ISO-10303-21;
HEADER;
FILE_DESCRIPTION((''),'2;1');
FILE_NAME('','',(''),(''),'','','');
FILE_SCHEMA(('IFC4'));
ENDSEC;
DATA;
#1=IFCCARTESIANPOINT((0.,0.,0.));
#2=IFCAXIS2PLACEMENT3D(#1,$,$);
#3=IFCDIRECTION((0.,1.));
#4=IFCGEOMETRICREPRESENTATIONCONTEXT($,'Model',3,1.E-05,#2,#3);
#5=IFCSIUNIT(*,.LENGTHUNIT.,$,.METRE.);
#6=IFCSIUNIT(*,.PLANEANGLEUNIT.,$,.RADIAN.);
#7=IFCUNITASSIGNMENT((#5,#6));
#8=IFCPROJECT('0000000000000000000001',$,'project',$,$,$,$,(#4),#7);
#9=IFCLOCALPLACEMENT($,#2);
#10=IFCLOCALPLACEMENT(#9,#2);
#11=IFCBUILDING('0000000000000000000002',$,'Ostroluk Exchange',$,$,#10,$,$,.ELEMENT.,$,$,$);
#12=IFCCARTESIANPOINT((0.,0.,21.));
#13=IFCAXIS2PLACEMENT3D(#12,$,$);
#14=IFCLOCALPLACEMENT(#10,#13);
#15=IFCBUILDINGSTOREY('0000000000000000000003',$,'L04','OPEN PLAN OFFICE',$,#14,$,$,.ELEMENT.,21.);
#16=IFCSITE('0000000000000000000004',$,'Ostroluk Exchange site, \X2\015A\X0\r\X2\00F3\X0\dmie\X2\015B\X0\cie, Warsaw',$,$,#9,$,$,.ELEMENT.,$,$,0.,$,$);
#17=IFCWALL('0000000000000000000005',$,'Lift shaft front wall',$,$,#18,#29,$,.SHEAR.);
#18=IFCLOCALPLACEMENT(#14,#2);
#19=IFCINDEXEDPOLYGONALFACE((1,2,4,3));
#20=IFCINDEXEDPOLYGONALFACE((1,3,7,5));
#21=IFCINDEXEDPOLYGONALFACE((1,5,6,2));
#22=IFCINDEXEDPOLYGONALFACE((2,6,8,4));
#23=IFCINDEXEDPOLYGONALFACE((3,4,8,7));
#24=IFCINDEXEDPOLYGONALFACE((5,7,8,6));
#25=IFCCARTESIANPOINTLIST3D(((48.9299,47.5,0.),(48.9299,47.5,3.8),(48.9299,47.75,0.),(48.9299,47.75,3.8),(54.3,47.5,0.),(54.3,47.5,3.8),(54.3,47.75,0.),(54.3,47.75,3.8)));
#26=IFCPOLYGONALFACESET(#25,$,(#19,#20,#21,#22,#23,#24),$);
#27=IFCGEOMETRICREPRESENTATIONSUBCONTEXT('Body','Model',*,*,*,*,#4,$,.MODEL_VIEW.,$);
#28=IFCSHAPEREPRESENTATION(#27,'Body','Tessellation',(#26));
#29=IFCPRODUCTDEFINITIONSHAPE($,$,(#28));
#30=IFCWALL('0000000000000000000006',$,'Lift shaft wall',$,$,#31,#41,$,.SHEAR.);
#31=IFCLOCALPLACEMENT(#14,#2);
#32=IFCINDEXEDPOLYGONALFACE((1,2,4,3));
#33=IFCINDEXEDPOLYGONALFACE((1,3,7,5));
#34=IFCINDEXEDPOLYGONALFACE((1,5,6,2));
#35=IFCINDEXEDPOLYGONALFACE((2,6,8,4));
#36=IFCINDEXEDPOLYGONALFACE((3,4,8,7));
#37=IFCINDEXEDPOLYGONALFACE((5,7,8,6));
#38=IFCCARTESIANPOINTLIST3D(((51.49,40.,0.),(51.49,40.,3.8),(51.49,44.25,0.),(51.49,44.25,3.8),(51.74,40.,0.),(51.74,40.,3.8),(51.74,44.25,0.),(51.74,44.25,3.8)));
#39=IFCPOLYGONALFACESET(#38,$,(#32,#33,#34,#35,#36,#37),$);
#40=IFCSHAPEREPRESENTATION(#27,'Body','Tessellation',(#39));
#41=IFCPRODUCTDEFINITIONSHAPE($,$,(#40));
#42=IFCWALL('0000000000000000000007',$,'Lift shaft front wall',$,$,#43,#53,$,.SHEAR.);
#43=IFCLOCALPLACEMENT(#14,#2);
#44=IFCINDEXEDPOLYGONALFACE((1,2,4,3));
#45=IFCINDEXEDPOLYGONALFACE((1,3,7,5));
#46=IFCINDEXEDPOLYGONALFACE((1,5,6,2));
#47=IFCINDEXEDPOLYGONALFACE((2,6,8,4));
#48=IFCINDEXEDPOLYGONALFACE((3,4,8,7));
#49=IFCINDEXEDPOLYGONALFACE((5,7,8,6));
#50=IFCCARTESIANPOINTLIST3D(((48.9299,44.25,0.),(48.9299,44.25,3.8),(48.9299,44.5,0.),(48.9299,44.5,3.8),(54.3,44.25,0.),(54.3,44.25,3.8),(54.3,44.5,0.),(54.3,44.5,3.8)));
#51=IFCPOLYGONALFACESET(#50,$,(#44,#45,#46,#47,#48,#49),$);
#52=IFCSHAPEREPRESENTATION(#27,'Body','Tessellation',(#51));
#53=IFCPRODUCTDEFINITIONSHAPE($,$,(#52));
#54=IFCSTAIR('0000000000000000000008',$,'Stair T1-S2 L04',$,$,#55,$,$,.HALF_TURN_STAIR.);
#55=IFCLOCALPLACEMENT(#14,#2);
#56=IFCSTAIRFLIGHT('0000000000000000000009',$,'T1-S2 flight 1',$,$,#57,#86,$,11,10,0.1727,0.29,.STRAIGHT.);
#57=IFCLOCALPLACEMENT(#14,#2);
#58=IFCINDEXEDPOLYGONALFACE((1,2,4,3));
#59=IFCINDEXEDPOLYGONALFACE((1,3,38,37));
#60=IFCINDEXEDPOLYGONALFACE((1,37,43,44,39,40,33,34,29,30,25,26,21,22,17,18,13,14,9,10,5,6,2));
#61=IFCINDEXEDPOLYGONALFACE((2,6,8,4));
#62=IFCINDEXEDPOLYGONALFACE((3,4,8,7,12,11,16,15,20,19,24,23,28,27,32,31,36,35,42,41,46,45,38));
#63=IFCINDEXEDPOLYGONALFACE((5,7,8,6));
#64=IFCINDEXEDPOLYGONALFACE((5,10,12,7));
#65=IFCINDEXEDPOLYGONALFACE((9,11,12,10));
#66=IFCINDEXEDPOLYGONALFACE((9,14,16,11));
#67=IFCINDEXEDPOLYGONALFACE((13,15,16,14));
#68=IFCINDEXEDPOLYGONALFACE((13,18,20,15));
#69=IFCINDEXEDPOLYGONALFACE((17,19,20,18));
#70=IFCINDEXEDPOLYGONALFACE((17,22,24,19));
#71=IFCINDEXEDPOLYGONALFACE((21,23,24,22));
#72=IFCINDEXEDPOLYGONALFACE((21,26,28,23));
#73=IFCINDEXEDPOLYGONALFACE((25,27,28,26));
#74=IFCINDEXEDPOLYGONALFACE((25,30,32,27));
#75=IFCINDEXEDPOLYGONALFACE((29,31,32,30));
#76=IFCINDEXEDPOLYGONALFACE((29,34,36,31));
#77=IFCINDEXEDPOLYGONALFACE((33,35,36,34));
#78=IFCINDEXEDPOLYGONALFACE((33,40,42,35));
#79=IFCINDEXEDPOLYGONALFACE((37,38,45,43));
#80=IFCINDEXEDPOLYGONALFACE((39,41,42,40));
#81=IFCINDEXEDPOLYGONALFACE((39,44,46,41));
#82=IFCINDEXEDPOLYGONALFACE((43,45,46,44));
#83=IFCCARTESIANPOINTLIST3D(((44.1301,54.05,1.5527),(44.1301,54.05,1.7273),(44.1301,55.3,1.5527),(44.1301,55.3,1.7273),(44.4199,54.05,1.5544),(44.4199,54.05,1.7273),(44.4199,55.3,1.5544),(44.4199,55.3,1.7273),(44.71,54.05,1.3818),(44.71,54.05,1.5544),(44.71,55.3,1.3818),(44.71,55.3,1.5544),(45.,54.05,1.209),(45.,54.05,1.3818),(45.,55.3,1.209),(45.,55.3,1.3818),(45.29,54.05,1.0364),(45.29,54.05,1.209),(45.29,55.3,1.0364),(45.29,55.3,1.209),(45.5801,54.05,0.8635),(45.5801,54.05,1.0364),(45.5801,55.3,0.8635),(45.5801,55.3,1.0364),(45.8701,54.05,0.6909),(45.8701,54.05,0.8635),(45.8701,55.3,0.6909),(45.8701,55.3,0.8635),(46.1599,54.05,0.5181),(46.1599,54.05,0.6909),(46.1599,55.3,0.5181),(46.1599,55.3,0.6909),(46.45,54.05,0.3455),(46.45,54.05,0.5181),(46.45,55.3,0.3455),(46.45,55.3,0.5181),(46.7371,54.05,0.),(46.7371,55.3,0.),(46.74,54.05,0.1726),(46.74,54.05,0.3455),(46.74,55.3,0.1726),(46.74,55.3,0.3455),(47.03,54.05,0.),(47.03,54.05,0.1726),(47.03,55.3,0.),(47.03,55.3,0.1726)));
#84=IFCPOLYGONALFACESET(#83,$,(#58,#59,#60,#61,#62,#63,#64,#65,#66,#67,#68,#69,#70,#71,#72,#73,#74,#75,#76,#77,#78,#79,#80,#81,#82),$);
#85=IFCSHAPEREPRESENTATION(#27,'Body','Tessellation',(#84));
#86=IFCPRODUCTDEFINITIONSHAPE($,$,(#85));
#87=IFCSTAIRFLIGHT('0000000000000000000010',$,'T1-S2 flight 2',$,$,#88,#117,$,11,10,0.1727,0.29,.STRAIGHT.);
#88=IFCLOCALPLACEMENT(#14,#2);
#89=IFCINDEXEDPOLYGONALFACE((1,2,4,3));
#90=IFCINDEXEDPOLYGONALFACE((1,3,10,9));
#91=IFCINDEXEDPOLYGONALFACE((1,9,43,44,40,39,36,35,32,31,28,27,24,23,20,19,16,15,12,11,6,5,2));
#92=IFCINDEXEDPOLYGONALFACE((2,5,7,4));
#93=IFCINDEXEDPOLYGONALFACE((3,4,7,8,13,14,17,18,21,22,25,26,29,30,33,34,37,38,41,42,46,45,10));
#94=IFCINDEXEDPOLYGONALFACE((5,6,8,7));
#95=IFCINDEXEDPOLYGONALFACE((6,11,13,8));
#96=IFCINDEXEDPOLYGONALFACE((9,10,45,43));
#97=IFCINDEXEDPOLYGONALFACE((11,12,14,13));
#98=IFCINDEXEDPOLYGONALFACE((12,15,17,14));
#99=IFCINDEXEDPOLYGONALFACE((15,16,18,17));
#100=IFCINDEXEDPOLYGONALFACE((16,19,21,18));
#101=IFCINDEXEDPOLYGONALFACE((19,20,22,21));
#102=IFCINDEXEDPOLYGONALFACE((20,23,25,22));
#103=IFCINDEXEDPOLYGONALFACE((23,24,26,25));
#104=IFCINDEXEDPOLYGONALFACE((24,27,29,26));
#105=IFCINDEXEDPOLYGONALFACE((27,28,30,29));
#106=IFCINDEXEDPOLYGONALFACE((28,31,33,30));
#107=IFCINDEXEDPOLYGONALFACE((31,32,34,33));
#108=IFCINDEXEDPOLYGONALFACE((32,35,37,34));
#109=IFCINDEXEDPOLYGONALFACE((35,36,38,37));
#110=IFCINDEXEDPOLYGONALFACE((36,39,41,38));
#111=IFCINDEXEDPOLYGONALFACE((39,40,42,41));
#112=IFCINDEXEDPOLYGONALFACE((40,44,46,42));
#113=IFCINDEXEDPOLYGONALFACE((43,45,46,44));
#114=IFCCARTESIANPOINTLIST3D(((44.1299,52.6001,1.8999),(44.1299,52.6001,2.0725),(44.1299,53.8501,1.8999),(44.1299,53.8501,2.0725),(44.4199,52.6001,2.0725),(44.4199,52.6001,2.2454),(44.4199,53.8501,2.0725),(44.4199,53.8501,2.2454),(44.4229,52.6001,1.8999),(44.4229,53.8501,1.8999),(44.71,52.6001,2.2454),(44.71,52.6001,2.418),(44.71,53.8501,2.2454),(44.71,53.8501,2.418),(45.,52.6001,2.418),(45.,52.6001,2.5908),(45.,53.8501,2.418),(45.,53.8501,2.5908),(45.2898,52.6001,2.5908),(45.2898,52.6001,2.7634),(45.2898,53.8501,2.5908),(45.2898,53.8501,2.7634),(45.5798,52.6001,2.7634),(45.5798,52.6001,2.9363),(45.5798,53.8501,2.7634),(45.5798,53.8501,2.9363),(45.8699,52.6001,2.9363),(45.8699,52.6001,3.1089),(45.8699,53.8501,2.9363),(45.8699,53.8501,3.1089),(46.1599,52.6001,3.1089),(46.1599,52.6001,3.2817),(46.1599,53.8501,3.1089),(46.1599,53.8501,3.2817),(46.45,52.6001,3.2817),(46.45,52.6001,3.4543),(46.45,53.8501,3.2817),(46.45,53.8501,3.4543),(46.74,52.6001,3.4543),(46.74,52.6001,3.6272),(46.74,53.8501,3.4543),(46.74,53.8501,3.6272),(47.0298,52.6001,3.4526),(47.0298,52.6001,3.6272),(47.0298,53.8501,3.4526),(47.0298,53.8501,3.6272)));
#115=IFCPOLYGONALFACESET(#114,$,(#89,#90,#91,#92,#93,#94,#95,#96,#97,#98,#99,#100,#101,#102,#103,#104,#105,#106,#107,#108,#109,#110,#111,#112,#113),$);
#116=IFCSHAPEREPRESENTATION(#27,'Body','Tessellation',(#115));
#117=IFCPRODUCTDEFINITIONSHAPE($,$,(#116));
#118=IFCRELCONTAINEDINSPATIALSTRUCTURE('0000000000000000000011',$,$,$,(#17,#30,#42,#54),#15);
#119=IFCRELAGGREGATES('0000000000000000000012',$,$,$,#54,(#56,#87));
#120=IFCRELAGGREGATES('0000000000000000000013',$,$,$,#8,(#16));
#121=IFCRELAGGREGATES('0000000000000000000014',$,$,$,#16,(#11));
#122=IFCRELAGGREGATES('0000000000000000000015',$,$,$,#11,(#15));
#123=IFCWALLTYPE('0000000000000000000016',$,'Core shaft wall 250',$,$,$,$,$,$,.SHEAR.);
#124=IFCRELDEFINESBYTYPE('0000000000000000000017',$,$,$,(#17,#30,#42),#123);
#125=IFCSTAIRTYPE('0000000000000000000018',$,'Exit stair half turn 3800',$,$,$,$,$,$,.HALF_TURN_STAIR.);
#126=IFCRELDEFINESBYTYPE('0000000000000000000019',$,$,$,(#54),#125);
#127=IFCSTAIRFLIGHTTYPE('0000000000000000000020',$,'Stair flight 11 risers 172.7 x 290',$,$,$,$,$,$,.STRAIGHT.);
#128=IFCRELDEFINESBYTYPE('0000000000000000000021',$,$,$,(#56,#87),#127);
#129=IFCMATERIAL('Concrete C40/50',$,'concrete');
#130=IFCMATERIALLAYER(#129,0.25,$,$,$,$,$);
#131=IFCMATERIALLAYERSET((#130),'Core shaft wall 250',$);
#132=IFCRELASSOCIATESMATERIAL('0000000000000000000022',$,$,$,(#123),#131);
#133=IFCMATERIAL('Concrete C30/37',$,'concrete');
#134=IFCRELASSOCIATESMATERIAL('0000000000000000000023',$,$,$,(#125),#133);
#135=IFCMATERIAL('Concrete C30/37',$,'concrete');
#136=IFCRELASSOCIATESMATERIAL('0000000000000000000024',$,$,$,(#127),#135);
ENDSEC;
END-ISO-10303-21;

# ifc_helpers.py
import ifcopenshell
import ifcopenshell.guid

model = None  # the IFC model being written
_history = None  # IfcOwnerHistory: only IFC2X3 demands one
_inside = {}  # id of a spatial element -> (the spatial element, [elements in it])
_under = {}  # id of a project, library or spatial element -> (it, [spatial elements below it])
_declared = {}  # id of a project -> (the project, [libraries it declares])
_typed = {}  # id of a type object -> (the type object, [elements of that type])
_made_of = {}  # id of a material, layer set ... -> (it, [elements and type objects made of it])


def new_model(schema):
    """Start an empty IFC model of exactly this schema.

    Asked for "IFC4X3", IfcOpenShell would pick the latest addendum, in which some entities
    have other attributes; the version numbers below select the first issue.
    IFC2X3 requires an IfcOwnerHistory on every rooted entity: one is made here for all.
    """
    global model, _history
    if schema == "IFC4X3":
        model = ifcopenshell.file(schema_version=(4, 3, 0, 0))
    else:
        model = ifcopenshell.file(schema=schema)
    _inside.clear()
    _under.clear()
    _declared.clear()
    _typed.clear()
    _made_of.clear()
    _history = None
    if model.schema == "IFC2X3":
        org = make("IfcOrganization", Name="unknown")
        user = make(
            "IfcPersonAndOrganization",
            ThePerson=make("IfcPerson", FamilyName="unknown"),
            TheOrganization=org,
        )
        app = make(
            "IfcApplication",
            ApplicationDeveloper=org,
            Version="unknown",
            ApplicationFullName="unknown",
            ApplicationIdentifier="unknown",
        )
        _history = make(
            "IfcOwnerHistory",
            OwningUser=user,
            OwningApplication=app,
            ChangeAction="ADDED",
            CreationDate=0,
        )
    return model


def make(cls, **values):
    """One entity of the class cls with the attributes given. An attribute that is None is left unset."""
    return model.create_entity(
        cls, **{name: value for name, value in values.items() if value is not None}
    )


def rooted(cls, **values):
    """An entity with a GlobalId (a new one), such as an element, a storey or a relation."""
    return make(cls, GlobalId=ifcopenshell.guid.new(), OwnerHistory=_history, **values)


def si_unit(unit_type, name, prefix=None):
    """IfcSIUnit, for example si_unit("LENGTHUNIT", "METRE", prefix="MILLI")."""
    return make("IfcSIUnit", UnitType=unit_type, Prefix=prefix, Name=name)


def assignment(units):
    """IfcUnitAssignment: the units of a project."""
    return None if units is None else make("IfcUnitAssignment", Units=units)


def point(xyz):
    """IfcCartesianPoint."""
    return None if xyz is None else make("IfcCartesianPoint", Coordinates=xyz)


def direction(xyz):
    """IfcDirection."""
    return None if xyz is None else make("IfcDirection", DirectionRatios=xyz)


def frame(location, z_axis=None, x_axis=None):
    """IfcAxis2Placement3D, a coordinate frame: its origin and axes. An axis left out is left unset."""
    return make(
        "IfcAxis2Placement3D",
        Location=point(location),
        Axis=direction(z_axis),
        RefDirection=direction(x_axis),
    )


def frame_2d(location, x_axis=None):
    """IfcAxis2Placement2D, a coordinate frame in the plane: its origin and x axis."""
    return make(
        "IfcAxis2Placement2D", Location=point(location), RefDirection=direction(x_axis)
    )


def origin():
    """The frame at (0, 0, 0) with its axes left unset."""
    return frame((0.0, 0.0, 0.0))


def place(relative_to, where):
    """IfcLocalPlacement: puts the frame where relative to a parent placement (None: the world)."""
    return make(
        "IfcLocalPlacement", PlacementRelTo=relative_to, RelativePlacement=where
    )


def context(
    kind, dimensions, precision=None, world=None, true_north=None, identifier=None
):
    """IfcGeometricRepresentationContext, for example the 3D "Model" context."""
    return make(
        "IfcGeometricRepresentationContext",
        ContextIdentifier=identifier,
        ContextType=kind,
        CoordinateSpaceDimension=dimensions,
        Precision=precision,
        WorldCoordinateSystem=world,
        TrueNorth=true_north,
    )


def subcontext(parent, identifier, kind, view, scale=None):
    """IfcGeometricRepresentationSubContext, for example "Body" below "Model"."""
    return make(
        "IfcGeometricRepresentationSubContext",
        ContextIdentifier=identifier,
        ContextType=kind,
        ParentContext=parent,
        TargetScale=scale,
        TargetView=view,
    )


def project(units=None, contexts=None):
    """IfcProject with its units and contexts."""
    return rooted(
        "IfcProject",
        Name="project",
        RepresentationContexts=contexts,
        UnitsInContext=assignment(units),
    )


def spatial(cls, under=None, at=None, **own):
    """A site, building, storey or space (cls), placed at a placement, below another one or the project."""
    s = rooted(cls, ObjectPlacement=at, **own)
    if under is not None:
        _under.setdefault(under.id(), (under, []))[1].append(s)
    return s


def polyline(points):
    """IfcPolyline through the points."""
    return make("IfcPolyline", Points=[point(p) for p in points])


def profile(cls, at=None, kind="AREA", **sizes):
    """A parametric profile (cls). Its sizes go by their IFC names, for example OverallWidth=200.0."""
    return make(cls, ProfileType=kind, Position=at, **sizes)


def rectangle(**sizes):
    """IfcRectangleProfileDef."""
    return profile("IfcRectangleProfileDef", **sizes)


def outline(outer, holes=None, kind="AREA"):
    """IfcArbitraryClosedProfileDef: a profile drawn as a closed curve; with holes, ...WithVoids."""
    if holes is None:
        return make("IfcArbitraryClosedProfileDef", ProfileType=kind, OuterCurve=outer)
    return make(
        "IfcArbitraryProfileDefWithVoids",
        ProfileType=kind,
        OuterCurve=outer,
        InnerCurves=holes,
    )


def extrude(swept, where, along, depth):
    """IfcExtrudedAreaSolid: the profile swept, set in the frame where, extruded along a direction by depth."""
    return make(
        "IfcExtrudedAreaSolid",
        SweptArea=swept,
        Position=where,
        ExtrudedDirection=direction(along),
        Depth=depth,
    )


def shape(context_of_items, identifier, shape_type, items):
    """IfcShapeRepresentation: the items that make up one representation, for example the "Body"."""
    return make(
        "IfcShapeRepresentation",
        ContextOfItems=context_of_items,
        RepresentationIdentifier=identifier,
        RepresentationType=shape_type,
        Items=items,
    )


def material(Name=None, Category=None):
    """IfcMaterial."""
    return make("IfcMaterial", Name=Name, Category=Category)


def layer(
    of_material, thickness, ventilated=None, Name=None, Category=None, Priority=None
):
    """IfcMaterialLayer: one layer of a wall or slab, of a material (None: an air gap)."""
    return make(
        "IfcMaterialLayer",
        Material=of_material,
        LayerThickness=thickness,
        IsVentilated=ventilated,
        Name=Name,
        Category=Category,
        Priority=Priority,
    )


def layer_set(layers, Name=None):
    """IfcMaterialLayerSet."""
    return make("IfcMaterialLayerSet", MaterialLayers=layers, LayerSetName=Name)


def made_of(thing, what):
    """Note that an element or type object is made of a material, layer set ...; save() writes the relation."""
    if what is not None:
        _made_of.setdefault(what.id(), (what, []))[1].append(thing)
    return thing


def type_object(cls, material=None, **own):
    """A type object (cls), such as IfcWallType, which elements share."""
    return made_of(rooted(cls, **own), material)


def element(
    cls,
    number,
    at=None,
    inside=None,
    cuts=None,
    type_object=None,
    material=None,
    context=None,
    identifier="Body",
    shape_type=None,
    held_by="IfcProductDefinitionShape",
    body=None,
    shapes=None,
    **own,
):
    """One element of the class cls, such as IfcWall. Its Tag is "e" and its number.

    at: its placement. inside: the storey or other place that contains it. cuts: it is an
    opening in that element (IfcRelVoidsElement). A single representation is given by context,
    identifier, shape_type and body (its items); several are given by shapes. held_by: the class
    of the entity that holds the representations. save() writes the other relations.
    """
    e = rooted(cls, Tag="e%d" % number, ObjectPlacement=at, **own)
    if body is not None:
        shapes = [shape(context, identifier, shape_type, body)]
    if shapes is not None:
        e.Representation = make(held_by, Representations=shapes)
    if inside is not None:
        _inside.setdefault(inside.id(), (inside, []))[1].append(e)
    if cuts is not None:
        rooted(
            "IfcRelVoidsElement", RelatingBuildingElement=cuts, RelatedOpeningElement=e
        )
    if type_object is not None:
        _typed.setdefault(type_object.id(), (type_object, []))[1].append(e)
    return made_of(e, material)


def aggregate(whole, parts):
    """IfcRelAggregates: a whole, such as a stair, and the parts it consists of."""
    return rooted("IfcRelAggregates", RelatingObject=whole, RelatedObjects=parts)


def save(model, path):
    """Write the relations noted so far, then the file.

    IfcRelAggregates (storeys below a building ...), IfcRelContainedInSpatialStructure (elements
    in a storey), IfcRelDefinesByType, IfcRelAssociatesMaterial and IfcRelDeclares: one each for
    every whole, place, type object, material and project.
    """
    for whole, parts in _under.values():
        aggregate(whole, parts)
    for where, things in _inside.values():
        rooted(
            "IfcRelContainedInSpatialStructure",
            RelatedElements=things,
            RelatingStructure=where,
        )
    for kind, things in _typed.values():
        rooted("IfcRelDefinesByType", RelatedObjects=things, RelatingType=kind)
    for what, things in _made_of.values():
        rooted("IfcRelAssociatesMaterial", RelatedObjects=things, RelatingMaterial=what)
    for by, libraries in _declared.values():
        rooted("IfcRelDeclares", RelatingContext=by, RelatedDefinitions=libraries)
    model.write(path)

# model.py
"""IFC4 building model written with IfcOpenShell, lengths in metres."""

from ifc_helpers import new_model, si_unit, direction, frame, frame_2d, origin, place, context, subcontext, project, spatial, polyline, rectangle, outline, extrude, material, layer, layer_set, type_object, element, aggregate, save


model = new_model("IFC4")

# Units and contexts
model_context = context("Model", 3, precision=1e-05, world=origin(), true_north=direction((0.0, 1.0)))
body_context = subcontext(model_context, "Body", "Model", "MODEL_VIEW")
ifc_project = project(units=[si_unit("LENGTHUNIT", "METRE"), si_unit("PLANEANGLEUNIT", "RADIAN")], contexts=[model_context])

# Site, building, storey
site_placement = place(None, origin())
site = spatial("IfcSite", under=ifc_project, at=site_placement, Name="Ostroluk Exchange site, Śródmieście, Warsaw", CompositionType="ELEMENT", RefElevation=0.0)
building_placement = place(site_placement, origin())
building = spatial("IfcBuilding", under=site, at=building_placement, Name="Ostroluk Exchange", CompositionType="ELEMENT")
storey_placement = place(building_placement, frame((0.0, 0.0, 21.0)))
storey = spatial("IfcBuildingStorey", under=building, at=storey_placement, Name="L04", Description="OPEN PLAN OFFICE", CompositionType="ELEMENT", Elevation=21.0)

# Shared definitions
ifc_material_1 = material(Name="Concrete C40/50", Category="concrete")
ifc_layer_1 = layer(ifc_material_1, 0.25)
ifc_layer_set_1 = layer_set([ifc_layer_1], Name="Core shaft wall 250")
wall_type_1 = type_object("IfcWallType", Name="Core shaft wall 250", PredefinedType="SHEAR", material=ifc_layer_set_1)

# Walls
wall_1_placement = place(storey_placement, frame((48.9299, 47.625, 0.0), z_axis=(0.0, 0.0, 1.0), x_axis=(1.0, 0.0, 0.0)))
element("IfcWall", 1, at=wall_1_placement, inside=storey, type_object=wall_type_1, Name="Lift shaft front wall", PredefinedType="SHEAR", context=body_context, shape_type="SweptSolid", body=[
    extrude(rectangle(XDim=5.3701, YDim=0.25, at=frame_2d((2.6851, 0.0))), origin(), (0.0, 0.0, 1.0), 3.8),
])
wall_2_placement = place(storey_placement, frame((51.615, 44.25, 0.0), z_axis=(0.0, 0.0, 1.0), x_axis=(0.0, -1.0, 0.0)))
element("IfcWall", 2, at=wall_2_placement, inside=storey, type_object=wall_type_1, Name="Lift shaft wall", PredefinedType="SHEAR", context=body_context, shape_type="SweptSolid", body=[
    extrude(rectangle(XDim=4.25, YDim=0.25, at=frame_2d((2.125, 0.0))), origin(), (0.0, 0.0, 1.0), 3.8),
])
wall_3_placement = place(storey_placement, frame((48.9299, 44.375, 0.0), z_axis=(0.0, 0.0, 1.0), x_axis=(1.0, 0.0, 0.0)))
element("IfcWall", 3, at=wall_3_placement, inside=storey, type_object=wall_type_1, Name="Lift shaft front wall", PredefinedType="SHEAR", context=body_context, shape_type="SweptSolid", body=[
    extrude(rectangle(XDim=5.3701, YDim=0.25, at=frame_2d((2.6851, 0.0))), origin(), (0.0, 0.0, 1.0), 3.8),
])

# Stair, stair flights
ifc_material_2 = material(Name="Concrete C30/37", Category="concrete")
stair_type = type_object("IfcStairType", Name="Exit stair half turn 3800", PredefinedType="HALF_TURN_STAIR", material=ifc_material_2)
stair_placement = place(storey_placement, origin())
stair = element("IfcStair", 4, at=stair_placement, inside=storey, type_object=stair_type, Name="Stair T1-S2 L04", PredefinedType="HALF_TURN_STAIR")
ifc_material_3 = material(Name="Concrete C30/37", Category="concrete")
stair_flight_type = type_object("IfcStairFlightType", Name="Stair flight 11 risers 172.7 x 290", PredefinedType="STRAIGHT", material=ifc_material_3)
stair_flight_1_placement = place(storey_placement, frame((47.03, 54.675, 0.0), z_axis=(0.0, 0.0, 1.0), x_axis=(-1.0, 0.0, 0.0)))
stair_flight_1 = element("IfcStairFlight", 5, at=stair_flight_1_placement, type_object=stair_flight_type, Name="T1-S2 flight 1", NumberOfRisers=11, NumberOfTreads=10, PredefinedType="STRAIGHT", RiserHeight=0.1727, TreadLength=0.29, context=body_context, shape_type="SweptSolid", body=[
    extrude(outline(polyline([(0.0, 0.0), (0.0, 0.1726), (0.29, 0.1726), (0.29, 0.3455), (0.5801, 0.3455), (0.5801, 0.5181), (0.8701, 0.5181), (0.8701, 0.6909), (1.1599, 0.6909), (1.1599, 0.8635), (1.45, 0.8635), (1.45, 1.0364), (1.74, 1.0364), (1.74, 1.209), (2.03, 1.209), (2.03, 1.3818), (2.3201, 1.3818), (2.3201, 1.5544), (2.6101, 1.5544), (2.6101, 1.7273), (2.8999, 1.7273), (2.8999, 1.8999), (2.8999, 1.5527), (0.293, 0.0), (0.0, 0.0)])), frame((0.0, 0.625, 0.0), z_axis=(0.0, -1.0, 0.0), x_axis=(1.0, 0.0, 0.0)), (0.0, 0.0, 1.0), 1.25),
])
stair_flight_2_placement = place(storey_placement, frame((44.1299, 53.2251, 1.8999), z_axis=(0.0, 0.0, 1.0), x_axis=(1.0, 0.0, 0.0)))
stair_flight_2 = element("IfcStairFlight", 6, at=stair_flight_2_placement, type_object=stair_flight_type, Name="T1-S2 flight 2", NumberOfRisers=11, NumberOfTreads=10, PredefinedType="STRAIGHT", RiserHeight=0.1727, TreadLength=0.29, context=body_context, shape_type="SweptSolid", body=[
    extrude(outline(polyline([(0.0, 0.0), (0.0, 0.1726), (0.29, 0.1726), (0.29, 0.3455), (0.5801, 0.3455), (0.5801, 0.5181), (0.8701, 0.5181), (0.8701, 0.6909), (1.1599, 0.6909), (1.1599, 0.8635), (1.45, 0.8635), (1.45, 1.0364), (1.74, 1.0364), (1.74, 1.209), (2.03, 1.209), (2.03, 1.3818), (2.3201, 1.3818), (2.3201, 1.5544), (2.6101, 1.5544), (2.6101, 1.7273), (2.8999, 1.7273), (2.8999, 1.8999), (2.8999, 1.5527), (0.293, 0.0), (0.0, 0.0)])), frame((0.0, 0.625, 0.0), z_axis=(0.0, -1.0, 0.0), x_axis=(1.0, 0.0, 0.0)), (0.0, 0.0, 1.0), 1.25),
])
aggregate(stair, [stair_flight_1, stair_flight_2])

save(model, "model.ifc")
